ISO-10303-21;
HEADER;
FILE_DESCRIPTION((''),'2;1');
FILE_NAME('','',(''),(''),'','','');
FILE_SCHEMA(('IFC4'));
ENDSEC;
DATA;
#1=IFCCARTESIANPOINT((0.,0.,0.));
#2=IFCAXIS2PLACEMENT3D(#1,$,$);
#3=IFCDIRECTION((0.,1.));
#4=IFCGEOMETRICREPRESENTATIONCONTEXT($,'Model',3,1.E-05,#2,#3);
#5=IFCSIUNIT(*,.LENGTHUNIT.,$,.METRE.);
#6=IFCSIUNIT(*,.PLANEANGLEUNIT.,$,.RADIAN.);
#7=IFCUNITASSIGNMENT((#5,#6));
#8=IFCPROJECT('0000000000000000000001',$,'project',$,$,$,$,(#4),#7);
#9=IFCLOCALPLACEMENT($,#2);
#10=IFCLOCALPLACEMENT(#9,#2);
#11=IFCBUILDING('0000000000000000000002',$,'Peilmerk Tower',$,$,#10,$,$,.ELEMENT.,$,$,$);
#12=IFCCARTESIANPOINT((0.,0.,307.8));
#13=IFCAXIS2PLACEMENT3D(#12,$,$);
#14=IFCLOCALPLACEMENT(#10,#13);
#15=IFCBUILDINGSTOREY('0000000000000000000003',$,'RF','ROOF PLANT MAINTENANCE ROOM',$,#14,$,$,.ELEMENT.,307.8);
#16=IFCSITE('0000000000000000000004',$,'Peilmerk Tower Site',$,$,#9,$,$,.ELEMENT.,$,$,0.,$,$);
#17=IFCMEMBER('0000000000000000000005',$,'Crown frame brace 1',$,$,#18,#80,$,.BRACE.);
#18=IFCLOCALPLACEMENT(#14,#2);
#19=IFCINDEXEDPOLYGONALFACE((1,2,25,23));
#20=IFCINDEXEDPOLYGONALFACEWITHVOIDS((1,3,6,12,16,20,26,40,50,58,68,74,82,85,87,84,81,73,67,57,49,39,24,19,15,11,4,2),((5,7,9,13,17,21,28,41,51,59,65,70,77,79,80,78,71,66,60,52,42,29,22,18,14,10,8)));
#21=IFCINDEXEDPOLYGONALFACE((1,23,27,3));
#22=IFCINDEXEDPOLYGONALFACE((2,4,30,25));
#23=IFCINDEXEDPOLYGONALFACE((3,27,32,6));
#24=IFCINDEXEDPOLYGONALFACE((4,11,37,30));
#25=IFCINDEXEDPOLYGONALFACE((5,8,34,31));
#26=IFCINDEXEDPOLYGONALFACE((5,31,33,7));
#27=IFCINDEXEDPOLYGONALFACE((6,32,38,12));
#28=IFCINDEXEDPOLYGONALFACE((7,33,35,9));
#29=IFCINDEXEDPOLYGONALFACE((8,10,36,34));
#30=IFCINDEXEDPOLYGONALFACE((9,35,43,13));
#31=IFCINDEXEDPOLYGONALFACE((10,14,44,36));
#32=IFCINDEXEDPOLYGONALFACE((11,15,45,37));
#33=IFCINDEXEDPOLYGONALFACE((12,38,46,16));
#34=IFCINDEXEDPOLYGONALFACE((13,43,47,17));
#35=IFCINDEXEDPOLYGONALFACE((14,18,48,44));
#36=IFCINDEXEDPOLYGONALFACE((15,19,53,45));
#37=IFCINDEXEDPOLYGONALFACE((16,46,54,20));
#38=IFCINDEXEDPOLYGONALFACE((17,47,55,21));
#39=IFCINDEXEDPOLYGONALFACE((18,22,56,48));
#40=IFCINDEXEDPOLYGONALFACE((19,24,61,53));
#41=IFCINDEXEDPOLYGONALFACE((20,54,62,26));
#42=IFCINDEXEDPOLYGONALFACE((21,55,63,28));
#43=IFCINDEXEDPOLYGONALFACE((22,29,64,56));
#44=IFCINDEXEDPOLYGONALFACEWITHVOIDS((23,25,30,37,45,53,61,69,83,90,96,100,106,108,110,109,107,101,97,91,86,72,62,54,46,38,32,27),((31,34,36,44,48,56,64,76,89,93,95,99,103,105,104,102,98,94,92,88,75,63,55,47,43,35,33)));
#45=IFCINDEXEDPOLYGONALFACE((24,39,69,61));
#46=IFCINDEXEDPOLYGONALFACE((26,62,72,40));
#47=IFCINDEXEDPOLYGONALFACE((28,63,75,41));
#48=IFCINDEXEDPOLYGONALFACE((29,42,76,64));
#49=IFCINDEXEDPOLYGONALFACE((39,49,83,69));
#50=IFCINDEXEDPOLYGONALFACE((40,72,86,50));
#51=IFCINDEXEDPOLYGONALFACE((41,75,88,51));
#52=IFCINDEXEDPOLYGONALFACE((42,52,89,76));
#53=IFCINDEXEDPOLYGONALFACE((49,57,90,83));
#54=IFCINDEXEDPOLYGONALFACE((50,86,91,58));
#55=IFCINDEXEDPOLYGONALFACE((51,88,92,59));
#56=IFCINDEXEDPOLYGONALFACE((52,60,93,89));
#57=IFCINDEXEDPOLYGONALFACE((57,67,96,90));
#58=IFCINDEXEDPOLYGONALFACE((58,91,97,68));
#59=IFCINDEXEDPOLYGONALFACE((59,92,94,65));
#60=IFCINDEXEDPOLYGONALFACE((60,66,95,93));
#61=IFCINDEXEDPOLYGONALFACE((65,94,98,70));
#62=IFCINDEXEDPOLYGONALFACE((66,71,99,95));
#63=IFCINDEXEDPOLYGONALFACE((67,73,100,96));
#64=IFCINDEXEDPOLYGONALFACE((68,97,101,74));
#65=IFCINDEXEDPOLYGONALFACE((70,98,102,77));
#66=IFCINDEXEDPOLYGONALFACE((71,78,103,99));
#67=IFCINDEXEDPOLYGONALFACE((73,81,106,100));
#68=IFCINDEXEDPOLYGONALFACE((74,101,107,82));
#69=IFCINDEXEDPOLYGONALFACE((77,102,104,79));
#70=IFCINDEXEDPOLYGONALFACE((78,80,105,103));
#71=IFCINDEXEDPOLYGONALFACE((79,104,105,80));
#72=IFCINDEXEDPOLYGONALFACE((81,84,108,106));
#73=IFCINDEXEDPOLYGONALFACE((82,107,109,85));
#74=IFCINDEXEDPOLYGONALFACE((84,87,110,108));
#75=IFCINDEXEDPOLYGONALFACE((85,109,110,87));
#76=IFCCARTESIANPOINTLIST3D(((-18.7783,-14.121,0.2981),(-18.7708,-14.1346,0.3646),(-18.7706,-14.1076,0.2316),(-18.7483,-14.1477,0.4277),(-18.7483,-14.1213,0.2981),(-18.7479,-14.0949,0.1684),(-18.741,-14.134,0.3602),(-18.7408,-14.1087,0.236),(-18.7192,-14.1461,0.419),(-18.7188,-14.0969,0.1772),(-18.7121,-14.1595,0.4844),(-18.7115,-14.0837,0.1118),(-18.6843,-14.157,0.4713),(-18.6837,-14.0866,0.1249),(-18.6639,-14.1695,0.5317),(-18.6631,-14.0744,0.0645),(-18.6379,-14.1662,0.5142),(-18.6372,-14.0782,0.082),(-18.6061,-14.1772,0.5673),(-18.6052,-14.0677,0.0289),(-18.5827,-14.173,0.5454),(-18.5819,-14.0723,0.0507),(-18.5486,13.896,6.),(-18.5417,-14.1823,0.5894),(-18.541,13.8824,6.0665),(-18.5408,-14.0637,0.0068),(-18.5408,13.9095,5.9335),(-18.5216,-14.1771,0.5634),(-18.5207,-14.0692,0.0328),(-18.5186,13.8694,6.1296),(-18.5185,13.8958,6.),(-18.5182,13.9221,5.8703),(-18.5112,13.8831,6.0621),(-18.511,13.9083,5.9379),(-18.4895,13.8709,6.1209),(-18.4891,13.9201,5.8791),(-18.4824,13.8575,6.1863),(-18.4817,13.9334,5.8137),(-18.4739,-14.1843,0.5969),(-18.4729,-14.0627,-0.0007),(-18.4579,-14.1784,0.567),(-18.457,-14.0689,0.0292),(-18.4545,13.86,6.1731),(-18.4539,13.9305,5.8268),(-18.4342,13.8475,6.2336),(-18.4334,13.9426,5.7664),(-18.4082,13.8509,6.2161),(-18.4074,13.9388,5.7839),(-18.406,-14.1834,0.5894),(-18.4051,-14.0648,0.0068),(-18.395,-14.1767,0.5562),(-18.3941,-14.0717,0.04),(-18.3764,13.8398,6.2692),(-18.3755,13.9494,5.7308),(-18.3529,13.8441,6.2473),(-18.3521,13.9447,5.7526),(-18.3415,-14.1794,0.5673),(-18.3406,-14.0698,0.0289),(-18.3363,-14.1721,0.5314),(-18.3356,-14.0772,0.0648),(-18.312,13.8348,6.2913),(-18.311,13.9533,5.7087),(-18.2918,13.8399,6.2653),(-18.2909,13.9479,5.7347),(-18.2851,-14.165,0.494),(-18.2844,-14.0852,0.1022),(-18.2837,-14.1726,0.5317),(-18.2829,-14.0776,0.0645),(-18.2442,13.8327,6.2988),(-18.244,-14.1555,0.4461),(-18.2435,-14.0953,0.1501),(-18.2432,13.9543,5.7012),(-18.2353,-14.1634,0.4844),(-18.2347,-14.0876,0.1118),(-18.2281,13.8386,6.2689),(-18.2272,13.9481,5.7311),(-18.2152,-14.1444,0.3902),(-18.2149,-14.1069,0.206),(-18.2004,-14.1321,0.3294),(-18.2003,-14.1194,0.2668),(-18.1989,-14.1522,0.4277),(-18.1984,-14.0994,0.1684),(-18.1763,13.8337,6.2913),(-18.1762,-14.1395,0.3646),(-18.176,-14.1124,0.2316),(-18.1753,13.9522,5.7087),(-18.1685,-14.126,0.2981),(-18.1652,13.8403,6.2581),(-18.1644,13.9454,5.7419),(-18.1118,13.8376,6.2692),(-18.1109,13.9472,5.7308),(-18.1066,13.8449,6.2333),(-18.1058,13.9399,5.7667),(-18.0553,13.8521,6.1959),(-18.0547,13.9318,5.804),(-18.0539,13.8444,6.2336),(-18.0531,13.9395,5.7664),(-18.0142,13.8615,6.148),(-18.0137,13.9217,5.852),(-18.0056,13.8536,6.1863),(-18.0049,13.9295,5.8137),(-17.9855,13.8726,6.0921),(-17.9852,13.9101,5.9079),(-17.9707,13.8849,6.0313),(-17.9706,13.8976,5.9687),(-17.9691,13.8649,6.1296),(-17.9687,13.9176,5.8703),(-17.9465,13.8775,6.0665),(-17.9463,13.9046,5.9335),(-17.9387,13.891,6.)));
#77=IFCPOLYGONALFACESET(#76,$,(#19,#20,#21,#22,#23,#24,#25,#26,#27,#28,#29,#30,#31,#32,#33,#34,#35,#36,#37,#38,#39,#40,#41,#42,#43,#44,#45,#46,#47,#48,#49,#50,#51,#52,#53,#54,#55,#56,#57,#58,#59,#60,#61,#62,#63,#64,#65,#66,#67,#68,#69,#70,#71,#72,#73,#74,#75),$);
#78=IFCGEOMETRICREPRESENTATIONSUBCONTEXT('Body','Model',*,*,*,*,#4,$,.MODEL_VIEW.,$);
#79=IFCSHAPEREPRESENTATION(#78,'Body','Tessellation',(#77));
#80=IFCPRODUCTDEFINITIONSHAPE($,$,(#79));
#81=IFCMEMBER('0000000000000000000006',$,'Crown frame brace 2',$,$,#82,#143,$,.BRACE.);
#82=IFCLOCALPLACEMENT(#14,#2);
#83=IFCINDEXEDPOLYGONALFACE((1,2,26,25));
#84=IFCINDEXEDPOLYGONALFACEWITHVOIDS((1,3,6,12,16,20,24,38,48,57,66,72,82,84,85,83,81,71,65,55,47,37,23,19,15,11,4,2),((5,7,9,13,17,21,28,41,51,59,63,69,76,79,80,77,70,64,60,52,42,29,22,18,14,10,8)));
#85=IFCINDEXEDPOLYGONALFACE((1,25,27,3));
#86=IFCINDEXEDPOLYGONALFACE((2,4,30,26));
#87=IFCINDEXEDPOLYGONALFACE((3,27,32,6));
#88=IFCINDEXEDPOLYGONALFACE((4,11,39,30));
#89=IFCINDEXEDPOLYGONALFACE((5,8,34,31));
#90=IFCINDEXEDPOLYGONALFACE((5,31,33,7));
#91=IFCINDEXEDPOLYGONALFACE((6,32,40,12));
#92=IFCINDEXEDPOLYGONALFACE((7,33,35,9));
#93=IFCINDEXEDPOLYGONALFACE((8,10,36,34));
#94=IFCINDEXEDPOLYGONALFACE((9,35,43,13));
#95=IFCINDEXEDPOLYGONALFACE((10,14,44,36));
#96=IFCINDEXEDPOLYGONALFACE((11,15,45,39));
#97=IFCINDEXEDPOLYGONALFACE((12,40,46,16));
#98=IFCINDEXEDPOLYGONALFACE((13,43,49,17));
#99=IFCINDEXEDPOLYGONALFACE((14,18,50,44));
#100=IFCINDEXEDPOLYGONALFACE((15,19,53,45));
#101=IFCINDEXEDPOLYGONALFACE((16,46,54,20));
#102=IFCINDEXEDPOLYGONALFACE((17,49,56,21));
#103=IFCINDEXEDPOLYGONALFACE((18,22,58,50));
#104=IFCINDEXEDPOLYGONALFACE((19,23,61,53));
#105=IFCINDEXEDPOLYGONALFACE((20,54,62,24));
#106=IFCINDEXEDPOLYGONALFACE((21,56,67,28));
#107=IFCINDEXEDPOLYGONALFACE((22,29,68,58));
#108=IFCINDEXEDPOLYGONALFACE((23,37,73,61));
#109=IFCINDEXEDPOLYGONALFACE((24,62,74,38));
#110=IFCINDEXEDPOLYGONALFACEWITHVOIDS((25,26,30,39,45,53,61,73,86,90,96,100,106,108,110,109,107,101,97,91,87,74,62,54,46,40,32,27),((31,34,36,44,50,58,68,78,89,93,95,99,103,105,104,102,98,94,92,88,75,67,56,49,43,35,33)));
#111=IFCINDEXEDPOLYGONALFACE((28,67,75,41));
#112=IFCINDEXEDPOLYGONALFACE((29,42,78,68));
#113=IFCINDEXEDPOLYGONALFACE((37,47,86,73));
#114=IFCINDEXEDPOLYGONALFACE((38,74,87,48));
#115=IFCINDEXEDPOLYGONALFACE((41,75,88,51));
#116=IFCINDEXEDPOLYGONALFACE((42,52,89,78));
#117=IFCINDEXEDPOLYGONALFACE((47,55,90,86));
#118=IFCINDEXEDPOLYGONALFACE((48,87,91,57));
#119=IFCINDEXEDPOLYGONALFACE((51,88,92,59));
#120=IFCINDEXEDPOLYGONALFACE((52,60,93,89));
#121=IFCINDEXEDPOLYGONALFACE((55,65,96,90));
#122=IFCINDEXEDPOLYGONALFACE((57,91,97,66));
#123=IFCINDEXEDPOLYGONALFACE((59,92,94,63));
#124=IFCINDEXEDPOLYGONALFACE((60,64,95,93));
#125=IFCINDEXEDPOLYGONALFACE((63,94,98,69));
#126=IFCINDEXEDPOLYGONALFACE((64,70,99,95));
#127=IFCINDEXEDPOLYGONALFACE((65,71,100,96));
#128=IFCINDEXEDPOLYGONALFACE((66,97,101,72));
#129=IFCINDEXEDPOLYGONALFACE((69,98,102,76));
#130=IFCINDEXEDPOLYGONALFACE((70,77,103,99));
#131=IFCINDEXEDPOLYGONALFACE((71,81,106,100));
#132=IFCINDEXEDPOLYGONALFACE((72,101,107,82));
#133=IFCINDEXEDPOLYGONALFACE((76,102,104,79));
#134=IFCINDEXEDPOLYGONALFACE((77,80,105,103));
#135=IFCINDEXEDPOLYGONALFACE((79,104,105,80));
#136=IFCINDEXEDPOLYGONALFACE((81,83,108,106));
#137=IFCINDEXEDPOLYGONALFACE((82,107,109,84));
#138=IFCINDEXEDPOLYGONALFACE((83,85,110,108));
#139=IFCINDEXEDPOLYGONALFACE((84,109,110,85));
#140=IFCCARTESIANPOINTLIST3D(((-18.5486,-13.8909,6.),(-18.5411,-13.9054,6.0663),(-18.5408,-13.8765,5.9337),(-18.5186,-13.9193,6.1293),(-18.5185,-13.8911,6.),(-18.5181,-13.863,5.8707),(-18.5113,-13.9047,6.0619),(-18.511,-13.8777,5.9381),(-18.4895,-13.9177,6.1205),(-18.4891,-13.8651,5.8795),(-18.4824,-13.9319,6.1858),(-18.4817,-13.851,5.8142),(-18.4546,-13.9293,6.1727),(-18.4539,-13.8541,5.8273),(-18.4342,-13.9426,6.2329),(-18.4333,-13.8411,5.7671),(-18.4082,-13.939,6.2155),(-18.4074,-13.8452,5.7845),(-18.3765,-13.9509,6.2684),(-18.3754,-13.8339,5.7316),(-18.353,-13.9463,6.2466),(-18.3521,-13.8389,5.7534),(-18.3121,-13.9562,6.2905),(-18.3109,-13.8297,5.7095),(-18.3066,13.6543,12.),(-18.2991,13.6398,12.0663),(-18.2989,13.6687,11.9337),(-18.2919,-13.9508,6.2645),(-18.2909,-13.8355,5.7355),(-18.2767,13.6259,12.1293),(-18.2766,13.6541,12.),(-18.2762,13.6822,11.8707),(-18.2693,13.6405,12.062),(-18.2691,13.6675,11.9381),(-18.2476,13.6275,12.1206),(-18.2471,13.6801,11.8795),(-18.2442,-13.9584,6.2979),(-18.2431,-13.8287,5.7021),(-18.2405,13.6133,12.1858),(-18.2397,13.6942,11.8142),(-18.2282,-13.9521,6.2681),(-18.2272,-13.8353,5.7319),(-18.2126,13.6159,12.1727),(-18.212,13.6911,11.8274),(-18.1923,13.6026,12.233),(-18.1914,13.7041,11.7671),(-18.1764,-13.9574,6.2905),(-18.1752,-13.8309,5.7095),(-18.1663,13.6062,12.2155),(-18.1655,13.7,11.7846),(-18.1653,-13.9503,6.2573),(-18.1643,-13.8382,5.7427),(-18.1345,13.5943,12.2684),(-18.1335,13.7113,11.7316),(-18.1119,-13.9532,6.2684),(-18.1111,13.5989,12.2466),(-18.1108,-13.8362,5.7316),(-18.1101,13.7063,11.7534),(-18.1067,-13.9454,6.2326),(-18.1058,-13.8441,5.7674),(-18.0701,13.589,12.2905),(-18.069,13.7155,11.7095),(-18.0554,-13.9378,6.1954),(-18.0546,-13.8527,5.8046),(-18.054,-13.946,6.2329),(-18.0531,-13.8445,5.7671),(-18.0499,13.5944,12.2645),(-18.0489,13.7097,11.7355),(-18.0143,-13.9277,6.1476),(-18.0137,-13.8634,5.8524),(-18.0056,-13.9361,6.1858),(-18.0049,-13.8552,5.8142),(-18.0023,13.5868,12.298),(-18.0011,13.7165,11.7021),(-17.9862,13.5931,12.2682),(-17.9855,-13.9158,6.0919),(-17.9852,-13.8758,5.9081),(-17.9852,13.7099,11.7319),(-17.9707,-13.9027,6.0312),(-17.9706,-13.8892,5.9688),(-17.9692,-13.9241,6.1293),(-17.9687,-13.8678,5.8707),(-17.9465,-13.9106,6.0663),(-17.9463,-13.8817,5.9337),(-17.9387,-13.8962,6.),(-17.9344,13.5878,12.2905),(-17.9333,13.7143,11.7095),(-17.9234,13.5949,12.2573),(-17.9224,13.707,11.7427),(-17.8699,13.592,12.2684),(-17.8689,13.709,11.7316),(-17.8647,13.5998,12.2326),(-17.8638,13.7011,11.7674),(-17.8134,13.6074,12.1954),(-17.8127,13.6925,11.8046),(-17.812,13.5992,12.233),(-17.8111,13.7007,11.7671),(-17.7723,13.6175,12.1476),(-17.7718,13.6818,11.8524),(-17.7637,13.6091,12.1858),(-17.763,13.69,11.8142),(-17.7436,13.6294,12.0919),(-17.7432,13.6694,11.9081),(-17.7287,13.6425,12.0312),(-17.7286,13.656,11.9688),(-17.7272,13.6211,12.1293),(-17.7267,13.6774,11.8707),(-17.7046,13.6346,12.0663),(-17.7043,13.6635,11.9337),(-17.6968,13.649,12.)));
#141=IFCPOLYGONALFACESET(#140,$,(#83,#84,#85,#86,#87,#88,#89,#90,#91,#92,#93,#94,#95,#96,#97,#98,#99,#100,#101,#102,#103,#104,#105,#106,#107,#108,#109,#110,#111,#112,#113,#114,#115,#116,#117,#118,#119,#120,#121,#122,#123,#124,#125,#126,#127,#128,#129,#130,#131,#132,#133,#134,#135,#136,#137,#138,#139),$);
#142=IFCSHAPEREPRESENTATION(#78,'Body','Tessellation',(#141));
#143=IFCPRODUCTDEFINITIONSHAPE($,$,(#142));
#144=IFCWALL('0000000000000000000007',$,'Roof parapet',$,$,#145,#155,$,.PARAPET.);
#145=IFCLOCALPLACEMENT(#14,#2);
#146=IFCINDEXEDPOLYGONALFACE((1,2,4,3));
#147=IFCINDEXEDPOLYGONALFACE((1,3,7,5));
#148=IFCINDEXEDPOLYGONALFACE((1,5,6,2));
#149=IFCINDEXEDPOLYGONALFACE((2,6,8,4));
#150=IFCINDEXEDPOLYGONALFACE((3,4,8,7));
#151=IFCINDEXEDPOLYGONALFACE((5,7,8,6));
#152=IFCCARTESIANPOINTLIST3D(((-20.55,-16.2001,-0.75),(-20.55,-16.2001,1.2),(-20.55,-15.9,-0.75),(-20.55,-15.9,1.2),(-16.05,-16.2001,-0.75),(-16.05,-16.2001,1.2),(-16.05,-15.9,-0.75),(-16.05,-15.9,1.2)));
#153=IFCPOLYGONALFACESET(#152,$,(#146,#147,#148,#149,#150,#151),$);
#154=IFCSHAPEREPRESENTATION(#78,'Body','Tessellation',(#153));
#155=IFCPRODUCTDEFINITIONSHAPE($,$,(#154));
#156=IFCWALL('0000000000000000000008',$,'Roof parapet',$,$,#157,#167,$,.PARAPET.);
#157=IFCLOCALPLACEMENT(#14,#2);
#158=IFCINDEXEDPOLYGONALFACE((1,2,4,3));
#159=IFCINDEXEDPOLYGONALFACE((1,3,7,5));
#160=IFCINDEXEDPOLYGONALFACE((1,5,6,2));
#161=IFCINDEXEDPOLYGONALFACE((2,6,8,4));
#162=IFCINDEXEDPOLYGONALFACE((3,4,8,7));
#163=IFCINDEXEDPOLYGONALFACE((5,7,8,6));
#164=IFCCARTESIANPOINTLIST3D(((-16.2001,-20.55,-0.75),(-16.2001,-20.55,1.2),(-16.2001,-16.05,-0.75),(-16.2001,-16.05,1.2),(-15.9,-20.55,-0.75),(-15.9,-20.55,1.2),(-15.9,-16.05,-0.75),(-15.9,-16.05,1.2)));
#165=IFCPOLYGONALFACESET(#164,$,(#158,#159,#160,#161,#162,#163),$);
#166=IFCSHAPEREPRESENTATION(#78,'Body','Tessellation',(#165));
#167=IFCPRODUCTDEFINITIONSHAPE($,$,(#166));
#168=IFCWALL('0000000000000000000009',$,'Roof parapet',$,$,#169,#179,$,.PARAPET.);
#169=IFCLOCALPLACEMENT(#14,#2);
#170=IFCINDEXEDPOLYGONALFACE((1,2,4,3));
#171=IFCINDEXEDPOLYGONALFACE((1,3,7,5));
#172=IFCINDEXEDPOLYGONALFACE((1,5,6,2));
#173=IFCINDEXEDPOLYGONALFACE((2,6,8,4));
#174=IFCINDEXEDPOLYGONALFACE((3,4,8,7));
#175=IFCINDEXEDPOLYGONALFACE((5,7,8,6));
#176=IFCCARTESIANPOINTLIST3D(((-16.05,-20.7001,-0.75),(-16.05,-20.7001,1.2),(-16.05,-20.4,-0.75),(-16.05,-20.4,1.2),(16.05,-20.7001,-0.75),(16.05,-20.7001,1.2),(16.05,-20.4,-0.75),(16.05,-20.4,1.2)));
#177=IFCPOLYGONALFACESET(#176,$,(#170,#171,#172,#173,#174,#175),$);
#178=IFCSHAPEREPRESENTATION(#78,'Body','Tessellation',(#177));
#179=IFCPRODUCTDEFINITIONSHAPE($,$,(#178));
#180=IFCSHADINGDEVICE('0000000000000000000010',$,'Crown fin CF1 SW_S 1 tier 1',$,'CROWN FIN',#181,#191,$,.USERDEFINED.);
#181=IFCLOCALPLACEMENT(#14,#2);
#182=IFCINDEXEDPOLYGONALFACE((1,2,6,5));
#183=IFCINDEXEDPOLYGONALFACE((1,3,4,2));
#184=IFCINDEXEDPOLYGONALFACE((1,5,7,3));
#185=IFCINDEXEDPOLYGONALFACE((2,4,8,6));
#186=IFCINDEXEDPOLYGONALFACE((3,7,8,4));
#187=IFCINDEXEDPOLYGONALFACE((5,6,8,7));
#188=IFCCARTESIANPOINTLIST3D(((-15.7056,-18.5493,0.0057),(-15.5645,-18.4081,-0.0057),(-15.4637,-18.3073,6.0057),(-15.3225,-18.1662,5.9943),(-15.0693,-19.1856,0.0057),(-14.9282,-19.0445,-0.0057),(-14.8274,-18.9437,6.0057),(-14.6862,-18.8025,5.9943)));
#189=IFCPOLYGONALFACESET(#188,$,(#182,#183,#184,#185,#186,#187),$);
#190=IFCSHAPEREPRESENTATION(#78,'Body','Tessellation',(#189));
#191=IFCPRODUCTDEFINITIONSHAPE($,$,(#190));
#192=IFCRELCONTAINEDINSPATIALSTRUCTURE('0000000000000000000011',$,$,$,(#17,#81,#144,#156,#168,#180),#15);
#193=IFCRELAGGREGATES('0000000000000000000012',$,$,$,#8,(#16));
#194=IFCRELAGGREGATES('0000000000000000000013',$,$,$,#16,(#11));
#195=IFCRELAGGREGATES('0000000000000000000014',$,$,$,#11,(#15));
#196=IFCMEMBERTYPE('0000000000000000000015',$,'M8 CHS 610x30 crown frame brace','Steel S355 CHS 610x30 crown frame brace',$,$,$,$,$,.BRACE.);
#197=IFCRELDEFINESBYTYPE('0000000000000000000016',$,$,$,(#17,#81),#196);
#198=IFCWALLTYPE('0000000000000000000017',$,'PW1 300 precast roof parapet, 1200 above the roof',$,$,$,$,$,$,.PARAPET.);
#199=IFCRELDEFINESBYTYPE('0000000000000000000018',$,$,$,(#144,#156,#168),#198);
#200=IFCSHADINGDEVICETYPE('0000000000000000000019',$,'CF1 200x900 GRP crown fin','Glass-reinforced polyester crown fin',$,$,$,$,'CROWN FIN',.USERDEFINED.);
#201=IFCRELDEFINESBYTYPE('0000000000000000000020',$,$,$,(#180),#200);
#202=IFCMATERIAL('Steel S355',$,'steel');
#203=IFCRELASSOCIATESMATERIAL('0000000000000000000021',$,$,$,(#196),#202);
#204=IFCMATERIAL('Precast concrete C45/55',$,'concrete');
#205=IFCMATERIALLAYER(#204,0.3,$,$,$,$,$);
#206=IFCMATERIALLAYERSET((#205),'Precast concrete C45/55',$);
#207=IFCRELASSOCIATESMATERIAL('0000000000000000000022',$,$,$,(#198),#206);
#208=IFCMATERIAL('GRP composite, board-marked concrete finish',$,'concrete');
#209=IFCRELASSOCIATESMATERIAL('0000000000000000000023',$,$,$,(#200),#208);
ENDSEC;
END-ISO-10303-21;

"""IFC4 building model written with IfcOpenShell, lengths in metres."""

from ifc_helpers import new_model, si_unit, direction, frame, frame_2d, origin, origin_2d, place, context, subcontext, project, spatial, rectangle, hollow_circle, extrude, source, transform, mapped, material, layer, layer_set, material_profile, profile_set, type_object, element, save


model = new_model("IFC4")

# Units and contexts
model_context = context("Model", 3, precision=1e-05, world=origin(), true_north=direction((0.0, 1.0)))
body_context = subcontext(model_context, "Body", "Model", "MODEL_VIEW")
ifc_project = project(units=[si_unit("LENGTHUNIT", "METRE"), si_unit("PLANEANGLEUNIT", "RADIAN")], contexts=[model_context])

# Site, building, storey
site_placement = place(None, origin())
site = spatial("IfcSite", under=ifc_project, at=site_placement, Name="Peilmerk Tower Site", CompositionType="ELEMENT", RefElevation=0.0)
building_placement = place(site_placement, origin())
building = spatial("IfcBuilding", under=site, at=building_placement, Name="Peilmerk Tower", CompositionType="ELEMENT")
storey_placement = place(building_placement, frame((0.0, 0.0, 307.8)))
storey = spatial("IfcBuildingStorey", under=building, at=storey_placement, Name="RF", Description="ROOF PLANT MAINTENANCE ROOM", CompositionType="ELEMENT", Elevation=307.8)

# Shared definitions
ifc_material_1 = material(Name="Steel S355", Category="steel")

# Members
ifc_material_profile_1 = material_profile(ifc_material_1, hollow_circle(Radius=0.3049, WallThickness=0.03, at=origin_2d()), Name="CHS 610x30")
ifc_profile_set_1 = profile_set([ifc_material_profile_1], Name="Steel S355")
member_type_1 = type_object("IfcMemberType", Name="M8 CHS 610x30 crown frame brace", Description="Steel S355 CHS 610x30 crown frame brace", PredefinedType="BRACE", material=ifc_profile_set_1)
member_1_placement = place(storey_placement, frame((-18.4734, -14.1235, 0.2981), z_axis=(0.008035, 0.979881, 0.199421), x_axis=(-0.999966, 0.0082, 0.0)))
element("IfcMember", 1, at=member_1_placement, inside=storey, type_object=member_type_1, Name="Crown frame brace 1", PredefinedType="BRACE", context=body_context, shape_type="SweptSolid", body=[
    extrude(hollow_circle(Radius=0.3049, WallThickness=0.03, at=origin_2d()), origin(), (0.0, 0.0, 1.0), 28.5923),
])
member_2_placement = place(storey_placement, frame((-18.2437, -13.8936, 6.0), z_axis=(0.008582, 0.977053, 0.212826), x_axis=(-0.999961, 0.008783, 0.0)))
element("IfcMember", 2, at=member_2_placement, inside=storey, type_object=member_type_1, Name="Crown frame brace 2", PredefinedType="BRACE", context=body_context, shape_type="SweptSolid", body=[
    extrude(hollow_circle(Radius=0.3049, WallThickness=0.03, at=origin_2d()), origin(), (0.0, 0.0, 1.0), 28.1921),
])

# Walls
ifc_material_2 = material(Name="Precast concrete C45/55", Category="concrete")
ifc_layer = layer(ifc_material_2, 0.3)
ifc_layer_set = layer_set([ifc_layer], Name="Precast concrete C45/55")
wall_type = type_object("IfcWallType", Name="PW1 300 precast roof parapet, 1200 above the roof", PredefinedType="PARAPET", material=ifc_layer_set)
for number, where, z_axis, x_axis, name in (
    (3, (-20.55, -16.05, -0.75), (0.0, 0.0, 1.0), (1.0, 0.0, 0.0), "Roof parapet"),
    (4, (-16.05, -16.05, -0.75), (0.0, 0.0, 1.0), (0.0, -1.0, 0.0), "Roof parapet"),
):
    element("IfcWall", number, at=place(storey_placement, frame(where, z_axis=z_axis, x_axis=x_axis)), inside=storey, type_object=wall_type, Name=name, PredefinedType="PARAPET", context=body_context, shape_type="SweptSolid", body=[
        extrude(rectangle(XDim=4.5, YDim=0.3, at=frame_2d((2.25, 0.0))), origin(), (0.0, 0.0, 1.0), 1.95),
    ])
wall_placement = place(storey_placement, frame((-16.05, -20.55, -0.75), z_axis=(0.0, 0.0, 1.0), x_axis=(1.0, 0.0, 0.0)))
element("IfcWall", 5, at=wall_placement, inside=storey, type_object=wall_type, Name="Roof parapet", PredefinedType="PARAPET", context=body_context, shape_type="SweptSolid", body=[
    extrude(rectangle(XDim=32.1001, YDim=0.3, at=frame_2d((16.05, 0.0))), origin(), (0.0, 0.0, 1.0), 1.95),
])

# Shading device
ifc_material_3 = material(Name="GRP composite, board-marked concrete finish", Category="concrete")
ifc_material_profile_2 = material_profile(ifc_material_3, rectangle(XDim=0.2, YDim=0.8999, at=origin_2d()), Name="CF1 200x900")
ifc_profile_set_2 = profile_set([ifc_material_profile_2], Name="GRP composite, board-marked concrete finish")
shading_device_type = type_object("IfcShadingDeviceType", Name="CF1 200x900 GRP crown fin", Description="Glass-reinforced polyester crown fin", ElementType="CROWN FIN", PredefinedType="USERDEFINED", material=ifc_profile_set_2)
shared_shape_1 = source(origin(), body_context, "Body", "SweptSolid", [
    extrude(rectangle(XDim=0.2, YDim=0.8999, at=origin_2d()), origin(), (0.0, 0.0, 1.0), 6.0098),
])
for number, where, z_axis, x_axis, name in (
    (6, (-15.3169, -18.7969, 0.0), (0.040258, 0.040258, 0.998378), (-0.70596, -0.70596, 0.056934), "Crown fin CF1 SW_S 1 tier 1"),
):
    element("IfcShadingDevice", number, at=place(storey_placement, frame(where, z_axis=z_axis, x_axis=x_axis)), inside=storey, type_object=shading_device_type, Name=name, ObjectType="CROWN FIN", PredefinedType="USERDEFINED", context=body_context, shape_type="MappedRepresentation", body=[
        mapped(shared_shape_1, transform((0.0, 0.0, 0.0), scale=1.0)),
    ])

save(model, "model.ifc")
